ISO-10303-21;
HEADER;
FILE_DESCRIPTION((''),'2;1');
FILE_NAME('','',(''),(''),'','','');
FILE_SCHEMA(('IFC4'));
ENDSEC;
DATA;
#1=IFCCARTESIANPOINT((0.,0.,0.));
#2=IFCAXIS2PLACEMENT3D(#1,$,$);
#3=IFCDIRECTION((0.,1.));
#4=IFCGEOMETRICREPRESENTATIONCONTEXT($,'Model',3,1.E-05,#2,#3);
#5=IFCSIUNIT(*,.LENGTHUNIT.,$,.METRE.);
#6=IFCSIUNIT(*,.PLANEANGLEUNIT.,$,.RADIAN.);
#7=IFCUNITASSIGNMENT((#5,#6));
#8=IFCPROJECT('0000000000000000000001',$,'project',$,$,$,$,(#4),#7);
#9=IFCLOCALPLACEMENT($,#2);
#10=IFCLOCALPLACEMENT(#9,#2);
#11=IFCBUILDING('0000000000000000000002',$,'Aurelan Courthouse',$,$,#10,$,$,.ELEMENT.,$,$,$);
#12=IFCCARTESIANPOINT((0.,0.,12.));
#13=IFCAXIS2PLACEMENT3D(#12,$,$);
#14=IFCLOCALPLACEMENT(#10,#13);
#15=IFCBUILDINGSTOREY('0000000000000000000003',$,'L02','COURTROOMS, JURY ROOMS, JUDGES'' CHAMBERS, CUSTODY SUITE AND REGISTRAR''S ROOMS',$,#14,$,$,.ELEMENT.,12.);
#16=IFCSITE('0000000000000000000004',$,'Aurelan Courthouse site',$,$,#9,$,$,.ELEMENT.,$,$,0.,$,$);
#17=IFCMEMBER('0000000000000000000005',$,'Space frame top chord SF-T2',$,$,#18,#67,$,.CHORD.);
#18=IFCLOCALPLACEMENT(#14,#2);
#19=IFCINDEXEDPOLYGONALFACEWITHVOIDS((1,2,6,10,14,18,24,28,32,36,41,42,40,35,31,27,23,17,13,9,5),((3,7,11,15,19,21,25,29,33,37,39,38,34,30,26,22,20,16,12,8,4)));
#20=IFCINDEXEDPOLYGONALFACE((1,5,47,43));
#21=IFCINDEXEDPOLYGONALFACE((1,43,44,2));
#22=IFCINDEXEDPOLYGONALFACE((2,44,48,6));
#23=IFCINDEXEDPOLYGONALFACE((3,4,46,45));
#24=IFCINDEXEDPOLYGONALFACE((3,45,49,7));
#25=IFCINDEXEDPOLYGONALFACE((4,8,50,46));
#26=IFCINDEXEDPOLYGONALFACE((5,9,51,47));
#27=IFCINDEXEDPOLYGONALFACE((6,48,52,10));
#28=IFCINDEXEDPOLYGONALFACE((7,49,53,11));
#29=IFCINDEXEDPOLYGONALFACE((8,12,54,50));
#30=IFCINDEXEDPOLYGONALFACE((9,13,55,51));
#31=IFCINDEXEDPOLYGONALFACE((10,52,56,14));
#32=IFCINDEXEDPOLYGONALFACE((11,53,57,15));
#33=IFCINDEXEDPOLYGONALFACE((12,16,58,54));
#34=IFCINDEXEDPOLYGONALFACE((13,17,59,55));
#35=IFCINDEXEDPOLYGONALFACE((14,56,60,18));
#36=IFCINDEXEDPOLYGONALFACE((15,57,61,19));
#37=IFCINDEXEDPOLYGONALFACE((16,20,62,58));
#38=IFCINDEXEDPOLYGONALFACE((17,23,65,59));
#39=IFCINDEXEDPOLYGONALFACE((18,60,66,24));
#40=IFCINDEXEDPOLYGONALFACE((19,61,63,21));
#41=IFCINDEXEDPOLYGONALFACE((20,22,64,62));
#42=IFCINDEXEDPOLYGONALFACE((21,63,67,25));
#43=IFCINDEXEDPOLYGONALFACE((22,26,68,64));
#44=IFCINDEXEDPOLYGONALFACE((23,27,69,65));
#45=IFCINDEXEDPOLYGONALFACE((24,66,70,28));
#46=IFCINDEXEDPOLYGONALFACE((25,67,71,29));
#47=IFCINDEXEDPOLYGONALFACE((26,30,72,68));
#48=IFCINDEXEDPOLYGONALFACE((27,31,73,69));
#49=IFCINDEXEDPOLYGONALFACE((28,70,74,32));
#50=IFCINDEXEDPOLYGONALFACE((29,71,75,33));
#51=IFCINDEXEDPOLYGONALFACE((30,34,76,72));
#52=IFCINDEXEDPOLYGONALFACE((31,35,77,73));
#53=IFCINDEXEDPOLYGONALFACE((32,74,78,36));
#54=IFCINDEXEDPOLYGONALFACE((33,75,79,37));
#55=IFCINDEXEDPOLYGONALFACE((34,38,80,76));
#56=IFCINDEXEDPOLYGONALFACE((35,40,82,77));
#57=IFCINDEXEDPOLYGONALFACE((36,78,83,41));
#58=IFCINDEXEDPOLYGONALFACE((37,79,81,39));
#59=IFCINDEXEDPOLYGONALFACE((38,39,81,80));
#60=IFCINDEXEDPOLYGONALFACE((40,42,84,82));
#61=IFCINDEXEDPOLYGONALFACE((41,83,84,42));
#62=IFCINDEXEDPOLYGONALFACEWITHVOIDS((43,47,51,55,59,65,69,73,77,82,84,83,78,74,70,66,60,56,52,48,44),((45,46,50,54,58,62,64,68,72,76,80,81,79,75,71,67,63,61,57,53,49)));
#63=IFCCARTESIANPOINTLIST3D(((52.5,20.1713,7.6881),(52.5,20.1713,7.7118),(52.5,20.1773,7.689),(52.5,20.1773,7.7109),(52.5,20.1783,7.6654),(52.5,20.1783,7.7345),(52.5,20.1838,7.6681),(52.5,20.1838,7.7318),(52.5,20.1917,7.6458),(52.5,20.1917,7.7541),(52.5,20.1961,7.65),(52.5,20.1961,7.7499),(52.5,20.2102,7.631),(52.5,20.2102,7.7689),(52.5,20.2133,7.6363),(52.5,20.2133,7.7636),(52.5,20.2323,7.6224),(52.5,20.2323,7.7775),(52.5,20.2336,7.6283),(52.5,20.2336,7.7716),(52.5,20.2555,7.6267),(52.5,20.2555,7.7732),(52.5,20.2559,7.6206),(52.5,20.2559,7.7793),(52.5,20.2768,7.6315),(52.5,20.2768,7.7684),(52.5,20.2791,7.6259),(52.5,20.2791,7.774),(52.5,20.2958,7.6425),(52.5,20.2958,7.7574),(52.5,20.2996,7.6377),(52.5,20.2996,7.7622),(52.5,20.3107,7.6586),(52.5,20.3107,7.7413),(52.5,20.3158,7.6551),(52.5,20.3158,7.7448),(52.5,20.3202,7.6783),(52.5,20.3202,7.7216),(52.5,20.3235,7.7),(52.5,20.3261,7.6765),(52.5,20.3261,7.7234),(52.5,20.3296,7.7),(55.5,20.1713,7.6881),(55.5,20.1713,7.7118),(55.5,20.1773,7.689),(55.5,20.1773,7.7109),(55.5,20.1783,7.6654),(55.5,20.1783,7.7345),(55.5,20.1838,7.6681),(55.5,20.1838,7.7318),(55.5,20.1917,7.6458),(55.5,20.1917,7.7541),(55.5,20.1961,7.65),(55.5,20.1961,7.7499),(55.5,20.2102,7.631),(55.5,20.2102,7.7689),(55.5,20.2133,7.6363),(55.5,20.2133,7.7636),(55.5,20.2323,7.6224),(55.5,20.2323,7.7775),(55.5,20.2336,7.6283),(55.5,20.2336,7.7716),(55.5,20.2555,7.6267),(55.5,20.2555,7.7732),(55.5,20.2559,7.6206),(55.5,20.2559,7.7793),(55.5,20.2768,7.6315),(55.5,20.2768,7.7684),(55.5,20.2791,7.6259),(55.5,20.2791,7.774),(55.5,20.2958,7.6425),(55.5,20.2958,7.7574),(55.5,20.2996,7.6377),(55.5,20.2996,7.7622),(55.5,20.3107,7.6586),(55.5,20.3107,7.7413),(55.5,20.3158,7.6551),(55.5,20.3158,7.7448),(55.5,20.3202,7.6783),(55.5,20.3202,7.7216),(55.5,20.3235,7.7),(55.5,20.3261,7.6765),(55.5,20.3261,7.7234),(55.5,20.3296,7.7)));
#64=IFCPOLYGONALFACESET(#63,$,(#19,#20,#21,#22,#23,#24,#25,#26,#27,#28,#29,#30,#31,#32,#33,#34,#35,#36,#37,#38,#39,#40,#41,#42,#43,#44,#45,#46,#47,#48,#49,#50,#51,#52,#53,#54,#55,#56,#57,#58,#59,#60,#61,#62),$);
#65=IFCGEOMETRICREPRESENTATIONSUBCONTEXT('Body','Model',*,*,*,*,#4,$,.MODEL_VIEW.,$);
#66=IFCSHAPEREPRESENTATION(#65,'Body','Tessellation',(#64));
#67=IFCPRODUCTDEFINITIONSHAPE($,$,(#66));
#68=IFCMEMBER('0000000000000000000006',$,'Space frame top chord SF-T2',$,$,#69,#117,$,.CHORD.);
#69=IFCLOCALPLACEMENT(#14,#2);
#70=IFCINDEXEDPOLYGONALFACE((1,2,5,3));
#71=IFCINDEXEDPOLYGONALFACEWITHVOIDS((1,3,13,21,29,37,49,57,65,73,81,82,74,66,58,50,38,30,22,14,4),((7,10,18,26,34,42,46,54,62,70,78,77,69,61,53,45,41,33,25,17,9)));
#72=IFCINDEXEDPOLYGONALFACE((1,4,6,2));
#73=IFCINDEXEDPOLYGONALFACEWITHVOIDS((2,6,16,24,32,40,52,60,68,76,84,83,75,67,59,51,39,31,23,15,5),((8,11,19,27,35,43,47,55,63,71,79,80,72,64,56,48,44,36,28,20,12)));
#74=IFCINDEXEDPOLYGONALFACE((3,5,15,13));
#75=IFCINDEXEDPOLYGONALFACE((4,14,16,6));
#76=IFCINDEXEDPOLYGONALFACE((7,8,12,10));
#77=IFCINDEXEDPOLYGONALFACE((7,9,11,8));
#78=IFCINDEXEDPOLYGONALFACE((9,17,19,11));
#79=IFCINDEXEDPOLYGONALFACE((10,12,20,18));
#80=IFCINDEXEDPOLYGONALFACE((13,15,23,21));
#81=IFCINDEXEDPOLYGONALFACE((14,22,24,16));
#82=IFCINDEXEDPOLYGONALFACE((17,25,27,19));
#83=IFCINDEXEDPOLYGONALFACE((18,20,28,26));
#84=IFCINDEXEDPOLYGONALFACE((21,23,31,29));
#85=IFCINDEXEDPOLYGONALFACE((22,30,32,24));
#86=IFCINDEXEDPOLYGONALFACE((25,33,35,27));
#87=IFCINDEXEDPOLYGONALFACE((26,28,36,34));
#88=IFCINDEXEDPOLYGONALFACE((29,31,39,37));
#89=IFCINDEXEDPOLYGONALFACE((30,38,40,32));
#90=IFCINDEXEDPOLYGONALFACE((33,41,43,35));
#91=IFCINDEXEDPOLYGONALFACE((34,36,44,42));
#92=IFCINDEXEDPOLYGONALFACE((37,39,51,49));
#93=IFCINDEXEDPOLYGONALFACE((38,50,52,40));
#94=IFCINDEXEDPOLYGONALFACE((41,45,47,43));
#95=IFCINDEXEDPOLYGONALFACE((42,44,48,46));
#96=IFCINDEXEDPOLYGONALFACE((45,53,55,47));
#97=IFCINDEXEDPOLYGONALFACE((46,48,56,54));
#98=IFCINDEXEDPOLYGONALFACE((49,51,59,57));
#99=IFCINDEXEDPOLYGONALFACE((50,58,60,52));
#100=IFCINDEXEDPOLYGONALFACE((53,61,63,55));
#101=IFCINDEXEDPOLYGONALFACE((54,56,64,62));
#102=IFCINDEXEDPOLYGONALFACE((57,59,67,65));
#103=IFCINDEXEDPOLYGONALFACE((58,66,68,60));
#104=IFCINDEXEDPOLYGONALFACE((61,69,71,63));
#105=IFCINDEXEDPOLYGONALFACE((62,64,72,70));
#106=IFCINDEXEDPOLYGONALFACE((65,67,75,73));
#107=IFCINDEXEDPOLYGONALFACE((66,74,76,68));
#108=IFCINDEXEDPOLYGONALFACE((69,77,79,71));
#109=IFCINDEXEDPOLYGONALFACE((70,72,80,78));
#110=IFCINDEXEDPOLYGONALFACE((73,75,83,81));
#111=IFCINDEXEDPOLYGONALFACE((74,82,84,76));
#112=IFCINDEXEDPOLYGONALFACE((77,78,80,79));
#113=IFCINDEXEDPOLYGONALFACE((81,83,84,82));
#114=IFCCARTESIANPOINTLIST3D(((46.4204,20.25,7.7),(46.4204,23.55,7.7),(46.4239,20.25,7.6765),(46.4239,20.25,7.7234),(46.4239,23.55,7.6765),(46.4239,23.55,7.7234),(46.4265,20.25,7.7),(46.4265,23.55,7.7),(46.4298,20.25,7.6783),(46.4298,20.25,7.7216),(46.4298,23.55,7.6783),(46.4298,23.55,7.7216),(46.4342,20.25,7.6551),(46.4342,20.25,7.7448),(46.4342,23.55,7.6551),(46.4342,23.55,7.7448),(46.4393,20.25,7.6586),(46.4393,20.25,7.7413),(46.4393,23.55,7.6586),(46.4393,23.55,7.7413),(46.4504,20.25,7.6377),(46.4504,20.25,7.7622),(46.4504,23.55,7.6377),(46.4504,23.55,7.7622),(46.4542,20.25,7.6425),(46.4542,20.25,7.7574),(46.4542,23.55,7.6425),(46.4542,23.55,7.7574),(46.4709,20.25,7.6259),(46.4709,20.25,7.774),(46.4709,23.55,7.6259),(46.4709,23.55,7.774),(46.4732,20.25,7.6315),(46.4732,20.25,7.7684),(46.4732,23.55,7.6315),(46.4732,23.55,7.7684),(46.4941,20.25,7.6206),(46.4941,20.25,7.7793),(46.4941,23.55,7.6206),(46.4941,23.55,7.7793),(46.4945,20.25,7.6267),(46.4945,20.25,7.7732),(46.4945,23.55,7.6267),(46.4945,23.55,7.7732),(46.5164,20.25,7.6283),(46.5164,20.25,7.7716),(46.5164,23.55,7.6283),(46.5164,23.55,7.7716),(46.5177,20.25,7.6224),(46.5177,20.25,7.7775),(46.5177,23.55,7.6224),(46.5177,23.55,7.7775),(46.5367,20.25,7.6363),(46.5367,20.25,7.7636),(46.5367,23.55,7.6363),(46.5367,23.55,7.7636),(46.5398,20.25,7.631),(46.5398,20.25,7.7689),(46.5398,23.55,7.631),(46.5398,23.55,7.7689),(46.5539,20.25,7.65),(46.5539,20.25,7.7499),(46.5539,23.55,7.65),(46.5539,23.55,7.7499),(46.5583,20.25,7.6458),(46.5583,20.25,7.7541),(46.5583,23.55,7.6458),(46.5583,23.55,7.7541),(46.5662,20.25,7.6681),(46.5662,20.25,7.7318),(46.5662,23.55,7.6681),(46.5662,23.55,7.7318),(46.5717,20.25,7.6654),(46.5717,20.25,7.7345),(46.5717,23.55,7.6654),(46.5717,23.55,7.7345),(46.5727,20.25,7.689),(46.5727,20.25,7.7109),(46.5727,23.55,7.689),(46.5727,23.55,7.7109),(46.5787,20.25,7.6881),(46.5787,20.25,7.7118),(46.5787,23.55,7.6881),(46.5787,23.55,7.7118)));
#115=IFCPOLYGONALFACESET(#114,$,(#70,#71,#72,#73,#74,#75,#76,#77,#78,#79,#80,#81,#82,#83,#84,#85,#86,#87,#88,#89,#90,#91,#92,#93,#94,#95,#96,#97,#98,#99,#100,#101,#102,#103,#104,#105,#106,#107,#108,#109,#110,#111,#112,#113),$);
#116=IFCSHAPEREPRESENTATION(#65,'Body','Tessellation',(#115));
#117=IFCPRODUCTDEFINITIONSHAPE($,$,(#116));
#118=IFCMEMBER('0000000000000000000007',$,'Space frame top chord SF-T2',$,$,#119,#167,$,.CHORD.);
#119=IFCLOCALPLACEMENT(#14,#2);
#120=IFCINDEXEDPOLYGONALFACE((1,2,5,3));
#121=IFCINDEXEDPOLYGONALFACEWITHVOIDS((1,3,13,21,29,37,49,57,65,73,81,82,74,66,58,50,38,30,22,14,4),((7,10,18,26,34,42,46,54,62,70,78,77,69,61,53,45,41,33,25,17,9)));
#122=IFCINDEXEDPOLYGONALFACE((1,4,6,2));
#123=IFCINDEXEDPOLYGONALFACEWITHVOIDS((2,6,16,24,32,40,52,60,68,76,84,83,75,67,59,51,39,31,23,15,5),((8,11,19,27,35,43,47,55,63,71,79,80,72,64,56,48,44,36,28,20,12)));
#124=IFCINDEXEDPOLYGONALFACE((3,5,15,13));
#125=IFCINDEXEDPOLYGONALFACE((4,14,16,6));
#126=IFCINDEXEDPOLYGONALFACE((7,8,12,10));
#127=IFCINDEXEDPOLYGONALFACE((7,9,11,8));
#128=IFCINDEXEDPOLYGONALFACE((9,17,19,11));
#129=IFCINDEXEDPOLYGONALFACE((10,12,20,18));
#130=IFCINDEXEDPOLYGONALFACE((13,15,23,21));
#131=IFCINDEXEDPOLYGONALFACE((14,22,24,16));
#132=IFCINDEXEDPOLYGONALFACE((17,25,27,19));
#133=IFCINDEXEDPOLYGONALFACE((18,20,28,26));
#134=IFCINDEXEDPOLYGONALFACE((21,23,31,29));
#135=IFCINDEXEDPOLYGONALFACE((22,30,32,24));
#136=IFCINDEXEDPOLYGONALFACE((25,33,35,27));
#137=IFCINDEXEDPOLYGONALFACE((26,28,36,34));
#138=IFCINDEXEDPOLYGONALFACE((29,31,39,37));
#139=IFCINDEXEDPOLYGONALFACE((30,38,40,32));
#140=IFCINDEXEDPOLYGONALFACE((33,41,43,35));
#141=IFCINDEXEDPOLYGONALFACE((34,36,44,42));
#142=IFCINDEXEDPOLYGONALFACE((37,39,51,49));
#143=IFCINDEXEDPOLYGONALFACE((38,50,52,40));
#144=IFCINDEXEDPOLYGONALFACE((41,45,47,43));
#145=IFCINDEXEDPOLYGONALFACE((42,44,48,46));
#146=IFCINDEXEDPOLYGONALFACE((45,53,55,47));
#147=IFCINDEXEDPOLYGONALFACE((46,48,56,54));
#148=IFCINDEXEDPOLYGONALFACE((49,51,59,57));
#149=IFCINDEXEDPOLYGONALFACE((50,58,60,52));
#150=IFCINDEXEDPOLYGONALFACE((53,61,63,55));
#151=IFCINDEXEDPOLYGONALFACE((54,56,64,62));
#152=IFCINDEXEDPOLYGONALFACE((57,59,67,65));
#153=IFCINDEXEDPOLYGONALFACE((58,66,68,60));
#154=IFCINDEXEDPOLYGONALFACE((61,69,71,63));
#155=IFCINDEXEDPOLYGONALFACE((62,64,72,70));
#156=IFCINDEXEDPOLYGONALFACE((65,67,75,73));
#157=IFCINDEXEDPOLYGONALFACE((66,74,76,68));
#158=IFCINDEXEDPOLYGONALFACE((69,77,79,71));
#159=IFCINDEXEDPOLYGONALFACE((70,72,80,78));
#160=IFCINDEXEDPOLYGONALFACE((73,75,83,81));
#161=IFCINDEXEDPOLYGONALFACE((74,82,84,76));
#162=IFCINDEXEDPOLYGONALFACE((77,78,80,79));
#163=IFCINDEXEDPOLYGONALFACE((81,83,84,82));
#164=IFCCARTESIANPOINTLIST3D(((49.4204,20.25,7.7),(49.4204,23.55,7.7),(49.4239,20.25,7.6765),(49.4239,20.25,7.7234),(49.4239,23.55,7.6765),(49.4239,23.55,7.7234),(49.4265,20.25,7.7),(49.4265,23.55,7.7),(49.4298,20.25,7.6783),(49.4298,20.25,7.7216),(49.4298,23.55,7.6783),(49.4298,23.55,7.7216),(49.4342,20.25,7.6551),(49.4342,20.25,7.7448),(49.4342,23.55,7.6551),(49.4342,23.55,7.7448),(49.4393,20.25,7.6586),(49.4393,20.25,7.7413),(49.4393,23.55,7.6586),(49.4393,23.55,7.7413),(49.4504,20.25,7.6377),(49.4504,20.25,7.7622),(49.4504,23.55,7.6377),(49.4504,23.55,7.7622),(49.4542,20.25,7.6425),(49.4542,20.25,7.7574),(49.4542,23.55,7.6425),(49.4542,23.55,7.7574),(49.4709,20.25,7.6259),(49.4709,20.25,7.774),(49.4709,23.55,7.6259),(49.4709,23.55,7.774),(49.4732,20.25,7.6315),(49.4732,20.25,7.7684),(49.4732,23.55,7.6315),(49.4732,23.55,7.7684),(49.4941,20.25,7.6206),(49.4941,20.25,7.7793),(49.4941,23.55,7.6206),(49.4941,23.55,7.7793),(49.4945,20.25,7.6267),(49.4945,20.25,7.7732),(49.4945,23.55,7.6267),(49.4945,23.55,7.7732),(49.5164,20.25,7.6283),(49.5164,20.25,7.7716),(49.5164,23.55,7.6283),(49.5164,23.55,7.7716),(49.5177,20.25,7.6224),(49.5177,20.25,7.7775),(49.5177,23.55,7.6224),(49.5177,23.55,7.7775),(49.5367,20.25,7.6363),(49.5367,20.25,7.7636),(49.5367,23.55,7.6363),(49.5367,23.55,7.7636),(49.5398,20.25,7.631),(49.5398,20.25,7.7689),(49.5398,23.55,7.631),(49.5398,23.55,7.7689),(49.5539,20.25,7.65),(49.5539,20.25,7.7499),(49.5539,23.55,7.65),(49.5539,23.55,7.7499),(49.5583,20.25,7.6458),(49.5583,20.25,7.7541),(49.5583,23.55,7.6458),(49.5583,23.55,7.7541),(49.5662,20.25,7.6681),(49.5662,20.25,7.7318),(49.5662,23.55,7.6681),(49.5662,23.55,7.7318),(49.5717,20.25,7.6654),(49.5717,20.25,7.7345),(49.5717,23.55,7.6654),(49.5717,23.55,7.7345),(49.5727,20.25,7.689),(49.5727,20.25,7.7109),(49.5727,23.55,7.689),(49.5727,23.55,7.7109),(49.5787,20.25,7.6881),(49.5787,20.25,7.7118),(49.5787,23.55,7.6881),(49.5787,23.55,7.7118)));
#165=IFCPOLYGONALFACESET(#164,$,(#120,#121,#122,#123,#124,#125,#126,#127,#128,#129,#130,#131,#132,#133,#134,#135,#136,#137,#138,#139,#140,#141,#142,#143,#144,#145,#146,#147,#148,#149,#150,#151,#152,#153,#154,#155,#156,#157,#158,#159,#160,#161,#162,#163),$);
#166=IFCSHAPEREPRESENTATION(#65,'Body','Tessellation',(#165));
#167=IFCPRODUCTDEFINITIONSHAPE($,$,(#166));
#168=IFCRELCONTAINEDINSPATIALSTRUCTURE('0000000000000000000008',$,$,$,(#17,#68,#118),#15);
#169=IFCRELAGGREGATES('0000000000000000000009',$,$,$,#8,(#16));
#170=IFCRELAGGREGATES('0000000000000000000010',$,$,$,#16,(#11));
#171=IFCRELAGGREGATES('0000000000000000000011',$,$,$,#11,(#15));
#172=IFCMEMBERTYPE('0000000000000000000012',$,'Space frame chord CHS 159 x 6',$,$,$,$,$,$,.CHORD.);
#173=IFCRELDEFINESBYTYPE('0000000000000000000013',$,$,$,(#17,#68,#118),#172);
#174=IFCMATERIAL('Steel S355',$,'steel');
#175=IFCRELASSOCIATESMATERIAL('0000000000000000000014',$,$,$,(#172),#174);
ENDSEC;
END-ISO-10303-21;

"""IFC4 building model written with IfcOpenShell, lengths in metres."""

from ifc_helpers import new_model, si_unit, direction, frame, origin, origin_2d, place, context, subcontext, project, spatial, hollow_circle, extrude, material, material_profile, profile_set, type_object, element, save


model = new_model("IFC4")

# Units and contexts
model_context = context("Model", 3, precision=1e-05, world=origin(), true_north=direction((0.0, 1.0)))
body_context = subcontext(model_context, "Body", "Model", "MODEL_VIEW")
ifc_project = project(units=[si_unit("LENGTHUNIT", "METRE"), si_unit("PLANEANGLEUNIT", "RADIAN")], contexts=[model_context])

# Site, building, storey
site_placement = place(None, origin())
site = spatial("IfcSite", under=ifc_project, at=site_placement, Name="Aurelan Courthouse site", CompositionType="ELEMENT", RefElevation=0.0)
building_placement = place(site_placement, origin())
building = spatial("IfcBuilding", under=site, at=building_placement, Name="Aurelan Courthouse", CompositionType="ELEMENT")
storey_placement = place(building_placement, frame((0.0, 0.0, 12.0)))
storey = spatial("IfcBuildingStorey", under=building, at=storey_placement, Name="L02", Description="COURTROOMS, JURY ROOMS, JUDGES' CHAMBERS, CUSTODY SUITE AND REGISTRAR'S ROOMS", CompositionType="ELEMENT", Elevation=12.0)

# Members
ifc_material_1 = material(Name="Steel S355", Category="steel")
ifc_material_profile_1 = material_profile(ifc_material_1, hollow_circle(Radius=0.0796, WallThickness=0.0061, at=origin_2d()), Name="CHS 159 x 6")
ifc_profile_set_1 = profile_set([ifc_material_profile_1], Name="Steel S355")
member_type_1 = type_object("IfcMemberType", Name="Space frame chord CHS 159 x 6", PredefinedType="CHORD", material=ifc_profile_set_1)
for number, where, z_axis, x_axis, name in (
    (1, (52.5, 20.25, 7.7), (1.0, 0.0, 0.0), (0.0, 1.0, 0.0), "Space frame top chord SF-T2"),
):
    element("IfcMember", number, at=place(storey_placement, frame(where, z_axis=z_axis, x_axis=x_axis)), inside=storey, type_object=member_type_1, Name=name, PredefinedType="CHORD", context=body_context, shape_type="SweptSolid", body=[
        extrude(hollow_circle(Radius=0.0796, WallThickness=0.0061, at=origin_2d()), origin(), (0.0, 0.0, 1.0), 3.0),
    ])
for number, where, z_axis, x_axis, name in (
    (2, (46.5, 20.25, 7.7), (0.0, 1.0, 0.0), (-1.0, 0.0, 0.0), "Space frame top chord SF-T2"),
    (3, (49.5, 20.25, 7.7), (0.0, 1.0, 0.0), (-1.0, 0.0, 0.0), "Space frame top chord SF-T2"),
):
    element("IfcMember", number, at=place(storey_placement, frame(where, z_axis=z_axis, x_axis=x_axis)), inside=storey, type_object=member_type_1, Name=name, PredefinedType="CHORD", context=body_context, shape_type="SweptSolid", body=[
        extrude(hollow_circle(Radius=0.0796, WallThickness=0.0061, at=origin_2d()), origin(), (0.0, 0.0, 1.0), 3.3),
    ])

save(model, "model.ifc")
